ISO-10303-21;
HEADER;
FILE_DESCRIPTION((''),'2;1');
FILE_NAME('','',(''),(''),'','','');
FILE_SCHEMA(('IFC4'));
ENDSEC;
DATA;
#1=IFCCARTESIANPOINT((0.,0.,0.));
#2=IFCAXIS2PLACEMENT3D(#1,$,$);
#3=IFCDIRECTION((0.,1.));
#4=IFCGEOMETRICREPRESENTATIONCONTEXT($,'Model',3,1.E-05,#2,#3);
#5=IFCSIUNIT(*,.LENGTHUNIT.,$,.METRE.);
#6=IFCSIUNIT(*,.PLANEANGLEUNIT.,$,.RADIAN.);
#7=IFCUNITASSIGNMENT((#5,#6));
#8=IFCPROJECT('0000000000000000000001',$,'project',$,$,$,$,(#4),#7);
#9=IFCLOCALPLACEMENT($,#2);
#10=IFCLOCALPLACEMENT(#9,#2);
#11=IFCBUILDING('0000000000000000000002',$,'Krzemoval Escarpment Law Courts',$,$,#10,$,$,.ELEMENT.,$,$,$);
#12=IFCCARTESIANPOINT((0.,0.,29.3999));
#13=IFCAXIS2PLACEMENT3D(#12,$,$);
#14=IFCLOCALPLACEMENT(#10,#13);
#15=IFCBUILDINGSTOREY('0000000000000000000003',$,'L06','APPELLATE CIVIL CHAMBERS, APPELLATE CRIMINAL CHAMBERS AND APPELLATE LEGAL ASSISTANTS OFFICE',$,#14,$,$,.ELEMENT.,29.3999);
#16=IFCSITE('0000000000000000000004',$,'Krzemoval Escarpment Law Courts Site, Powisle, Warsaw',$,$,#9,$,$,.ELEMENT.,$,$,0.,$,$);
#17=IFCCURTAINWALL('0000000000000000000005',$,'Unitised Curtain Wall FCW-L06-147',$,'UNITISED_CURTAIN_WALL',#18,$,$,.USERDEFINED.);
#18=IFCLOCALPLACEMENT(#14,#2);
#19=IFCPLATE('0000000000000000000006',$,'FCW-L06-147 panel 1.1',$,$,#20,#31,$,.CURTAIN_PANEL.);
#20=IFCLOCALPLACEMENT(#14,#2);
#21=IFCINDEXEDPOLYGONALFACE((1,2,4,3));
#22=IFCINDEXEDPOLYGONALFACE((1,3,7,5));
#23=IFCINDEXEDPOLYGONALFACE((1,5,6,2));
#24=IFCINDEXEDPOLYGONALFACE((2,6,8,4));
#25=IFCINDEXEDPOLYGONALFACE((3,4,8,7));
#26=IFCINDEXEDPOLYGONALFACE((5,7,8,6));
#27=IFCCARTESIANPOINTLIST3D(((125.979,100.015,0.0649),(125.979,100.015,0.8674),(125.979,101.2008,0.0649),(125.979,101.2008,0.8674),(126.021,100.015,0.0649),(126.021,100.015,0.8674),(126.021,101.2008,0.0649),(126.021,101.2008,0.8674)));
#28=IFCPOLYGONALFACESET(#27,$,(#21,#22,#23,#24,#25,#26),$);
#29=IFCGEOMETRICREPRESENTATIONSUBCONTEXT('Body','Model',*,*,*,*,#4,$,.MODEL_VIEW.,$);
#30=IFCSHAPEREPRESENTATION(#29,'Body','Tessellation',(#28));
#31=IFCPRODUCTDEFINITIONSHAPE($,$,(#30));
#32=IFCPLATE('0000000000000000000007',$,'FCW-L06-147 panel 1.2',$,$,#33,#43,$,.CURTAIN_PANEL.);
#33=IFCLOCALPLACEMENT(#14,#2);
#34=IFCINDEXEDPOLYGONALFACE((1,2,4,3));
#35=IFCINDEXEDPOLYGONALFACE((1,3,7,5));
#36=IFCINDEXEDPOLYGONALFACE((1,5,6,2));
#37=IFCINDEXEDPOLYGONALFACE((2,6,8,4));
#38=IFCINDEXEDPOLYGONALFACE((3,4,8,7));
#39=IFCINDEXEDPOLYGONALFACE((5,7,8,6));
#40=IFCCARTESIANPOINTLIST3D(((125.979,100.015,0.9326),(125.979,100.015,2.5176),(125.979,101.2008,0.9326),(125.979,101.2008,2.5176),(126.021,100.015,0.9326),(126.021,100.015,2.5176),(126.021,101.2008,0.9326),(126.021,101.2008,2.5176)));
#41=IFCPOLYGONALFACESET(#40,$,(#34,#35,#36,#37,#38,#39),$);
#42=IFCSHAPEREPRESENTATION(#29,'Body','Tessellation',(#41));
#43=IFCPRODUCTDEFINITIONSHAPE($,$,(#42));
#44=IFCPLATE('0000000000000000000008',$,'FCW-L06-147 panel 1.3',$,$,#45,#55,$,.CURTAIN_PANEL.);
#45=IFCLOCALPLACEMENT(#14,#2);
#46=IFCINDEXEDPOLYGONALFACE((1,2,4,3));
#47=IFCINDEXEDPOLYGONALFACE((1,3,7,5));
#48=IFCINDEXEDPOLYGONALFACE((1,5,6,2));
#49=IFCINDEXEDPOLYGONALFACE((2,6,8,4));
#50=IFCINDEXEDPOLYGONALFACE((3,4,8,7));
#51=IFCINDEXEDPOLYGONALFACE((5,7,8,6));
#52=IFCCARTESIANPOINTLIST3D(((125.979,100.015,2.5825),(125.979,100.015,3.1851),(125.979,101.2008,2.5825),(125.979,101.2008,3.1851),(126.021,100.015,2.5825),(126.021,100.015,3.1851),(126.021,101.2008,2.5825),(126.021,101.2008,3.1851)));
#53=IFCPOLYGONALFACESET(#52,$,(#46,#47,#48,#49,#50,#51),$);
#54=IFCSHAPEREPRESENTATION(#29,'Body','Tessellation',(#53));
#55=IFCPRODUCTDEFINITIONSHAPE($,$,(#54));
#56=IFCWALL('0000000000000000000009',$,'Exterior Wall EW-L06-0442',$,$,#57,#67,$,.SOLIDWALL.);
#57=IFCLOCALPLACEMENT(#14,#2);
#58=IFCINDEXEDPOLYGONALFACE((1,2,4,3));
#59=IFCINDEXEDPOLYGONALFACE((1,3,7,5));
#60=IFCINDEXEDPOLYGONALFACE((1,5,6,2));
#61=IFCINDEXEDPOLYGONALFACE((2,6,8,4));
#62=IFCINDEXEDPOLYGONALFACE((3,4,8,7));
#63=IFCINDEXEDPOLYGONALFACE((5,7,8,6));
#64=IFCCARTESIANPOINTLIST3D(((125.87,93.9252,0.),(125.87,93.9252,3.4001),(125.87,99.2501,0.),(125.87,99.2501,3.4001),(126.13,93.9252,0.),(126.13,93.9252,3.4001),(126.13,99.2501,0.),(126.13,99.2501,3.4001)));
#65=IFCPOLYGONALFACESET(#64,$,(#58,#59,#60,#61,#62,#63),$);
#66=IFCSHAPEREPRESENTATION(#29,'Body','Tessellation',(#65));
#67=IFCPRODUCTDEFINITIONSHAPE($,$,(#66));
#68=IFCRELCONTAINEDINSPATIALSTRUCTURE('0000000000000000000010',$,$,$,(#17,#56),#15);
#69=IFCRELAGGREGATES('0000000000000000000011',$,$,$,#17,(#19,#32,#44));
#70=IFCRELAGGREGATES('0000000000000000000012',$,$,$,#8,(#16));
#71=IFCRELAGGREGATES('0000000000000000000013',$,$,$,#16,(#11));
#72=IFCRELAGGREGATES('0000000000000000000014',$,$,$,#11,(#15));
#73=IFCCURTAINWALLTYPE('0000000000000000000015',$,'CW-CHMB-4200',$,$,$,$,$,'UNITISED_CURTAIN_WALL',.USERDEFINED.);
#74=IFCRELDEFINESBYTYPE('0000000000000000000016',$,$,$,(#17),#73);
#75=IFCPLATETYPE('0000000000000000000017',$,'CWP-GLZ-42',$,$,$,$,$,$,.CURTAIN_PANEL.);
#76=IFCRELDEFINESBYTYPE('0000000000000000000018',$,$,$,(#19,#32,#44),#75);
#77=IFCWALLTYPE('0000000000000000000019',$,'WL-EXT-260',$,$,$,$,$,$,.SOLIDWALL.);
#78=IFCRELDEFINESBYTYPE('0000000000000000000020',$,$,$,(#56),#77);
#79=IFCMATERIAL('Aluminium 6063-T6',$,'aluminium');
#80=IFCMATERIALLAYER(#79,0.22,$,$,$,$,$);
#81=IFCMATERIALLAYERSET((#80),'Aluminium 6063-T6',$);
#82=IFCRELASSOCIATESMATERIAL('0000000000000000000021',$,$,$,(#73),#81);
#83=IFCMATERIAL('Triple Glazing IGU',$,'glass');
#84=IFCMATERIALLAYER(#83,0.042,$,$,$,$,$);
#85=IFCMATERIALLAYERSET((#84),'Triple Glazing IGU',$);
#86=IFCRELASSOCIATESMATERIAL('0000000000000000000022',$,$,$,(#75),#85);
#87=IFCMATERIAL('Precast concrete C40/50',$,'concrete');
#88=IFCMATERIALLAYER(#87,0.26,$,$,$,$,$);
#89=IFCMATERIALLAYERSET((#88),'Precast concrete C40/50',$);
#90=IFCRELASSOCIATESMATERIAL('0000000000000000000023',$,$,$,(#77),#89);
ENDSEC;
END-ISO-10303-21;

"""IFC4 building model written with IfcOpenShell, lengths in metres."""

from ifc_helpers import new_model, si_unit, direction, frame, frame_2d, origin, origin_2d, place, context, subcontext, project, spatial, rectangle, extrude, material, layer, layer_set, type_object, element, aggregate, save


model = new_model("IFC4")

# Units and contexts
model_context = context("Model", 3, precision=1e-05, world=origin(), true_north=direction((0.0, 1.0)))
body_context = subcontext(model_context, "Body", "Model", "MODEL_VIEW")
ifc_project = project(units=[si_unit("LENGTHUNIT", "METRE"), si_unit("PLANEANGLEUNIT", "RADIAN")], contexts=[model_context])

# Site, building, storey
site_placement = place(None, origin())
site = spatial("IfcSite", under=ifc_project, at=site_placement, Name="Krzemoval Escarpment Law Courts Site, Powisle, Warsaw", CompositionType="ELEMENT", RefElevation=0.0)
building_placement = place(site_placement, origin())
building = spatial("IfcBuilding", under=site, at=building_placement, Name="Krzemoval Escarpment Law Courts", CompositionType="ELEMENT")
storey_placement = place(building_placement, frame((0.0, 0.0, 29.3999)))
storey = spatial("IfcBuildingStorey", under=building, at=storey_placement, Name="L06", Description="APPELLATE CIVIL CHAMBERS, APPELLATE CRIMINAL CHAMBERS AND APPELLATE LEGAL ASSISTANTS OFFICE", CompositionType="ELEMENT", Elevation=29.3999)

# Curtain wall
ifc_material_1 = material(Name="Aluminium 6063-T6", Category="aluminium")
ifc_layer_1 = layer(ifc_material_1, 0.22)
ifc_layer_set_1 = layer_set([ifc_layer_1], Name="Aluminium 6063-T6")
curtain_wall_type = type_object("IfcCurtainWallType", Name="CW-CHMB-4200", ElementType="UNITISED_CURTAIN_WALL", PredefinedType="USERDEFINED", material=ifc_layer_set_1)
curtain_wall_1_placement = place(storey_placement, origin())
curtain_wall_1 = element("IfcCurtainWall", 1, at=curtain_wall_1_placement, inside=storey, type_object=curtain_wall_type, Name="Unitised Curtain Wall FCW-L06-147", ObjectType="UNITISED_CURTAIN_WALL", PredefinedType="USERDEFINED")

# Plates
ifc_material_2 = material(Name="Triple Glazing IGU", Category="glass")
ifc_layer_2 = layer(ifc_material_2, 0.042)
ifc_layer_set_2 = layer_set([ifc_layer_2], Name="Triple Glazing IGU")
plate_type = type_object("IfcPlateType", Name="CWP-GLZ-42", PredefinedType="CURTAIN_PANEL", material=ifc_layer_set_2)
plate_1_placement = place(storey_placement, frame((126.0, 100.6079, 0.0649), z_axis=(0.0, 0.0, 1.0), x_axis=(0.0, 1.0, 0.0)))
plate_1 = element("IfcPlate", 2, at=plate_1_placement, type_object=plate_type, Name="FCW-L06-147 panel 1.1", PredefinedType="CURTAIN_PANEL", context=body_context, shape_type="SweptSolid", body=[
    extrude(rectangle(XDim=1.1858, YDim=0.042, at=origin_2d()), origin(), (0.0, 0.0, 1.0), 0.8025),
])
plate_2_placement = place(storey_placement, frame((126.0, 100.6079, 0.9326), z_axis=(0.0, 0.0, 1.0), x_axis=(0.0, 1.0, 0.0)))
plate_2 = element("IfcPlate", 3, at=plate_2_placement, type_object=plate_type, Name="FCW-L06-147 panel 1.2", PredefinedType="CURTAIN_PANEL", context=body_context, shape_type="SweptSolid", body=[
    extrude(rectangle(XDim=1.1858, YDim=0.042, at=origin_2d()), origin(), (0.0, 0.0, 1.0), 1.585),
])
plate_3_placement = place(storey_placement, frame((126.0, 100.6079, 2.5825), z_axis=(0.0, 0.0, 1.0), x_axis=(0.0, 1.0, 0.0)))
plate_3 = element("IfcPlate", 4, at=plate_3_placement, type_object=plate_type, Name="FCW-L06-147 panel 1.3", PredefinedType="CURTAIN_PANEL", context=body_context, shape_type="SweptSolid", body=[
    extrude(rectangle(XDim=1.1858, YDim=0.042, at=origin_2d()), origin(), (0.0, 0.0, 1.0), 0.6025),
])
aggregate(curtain_wall_1, [plate_1, plate_2, plate_3])

# Wall
ifc_material_3 = material(Name="Precast concrete C40/50", Category="concrete")
ifc_layer_3 = layer(ifc_material_3, 0.26)
ifc_layer_set_3 = layer_set([ifc_layer_3], Name="Precast concrete C40/50")
wall_type = type_object("IfcWallType", Name="WL-EXT-260", PredefinedType="SOLIDWALL", material=ifc_layer_set_3)
wall_placement = place(storey_placement, frame((126.0, 93.925, 0.0), z_axis=(0.0, 0.0, 1.0), x_axis=(0.0, 1.0, 0.0)))
element("IfcWall", 5, at=wall_placement, inside=storey, type_object=wall_type, Name="Exterior Wall EW-L06-0442", PredefinedType="SOLIDWALL", context=body_context, shape_type="SweptSolid", body=[
    extrude(rectangle(XDim=5.325, YDim=0.26, at=frame_2d((2.6626, 0.0))), origin(), (0.0, 0.0, 1.0), 3.4001),
])

save(model, "model.ifc")
